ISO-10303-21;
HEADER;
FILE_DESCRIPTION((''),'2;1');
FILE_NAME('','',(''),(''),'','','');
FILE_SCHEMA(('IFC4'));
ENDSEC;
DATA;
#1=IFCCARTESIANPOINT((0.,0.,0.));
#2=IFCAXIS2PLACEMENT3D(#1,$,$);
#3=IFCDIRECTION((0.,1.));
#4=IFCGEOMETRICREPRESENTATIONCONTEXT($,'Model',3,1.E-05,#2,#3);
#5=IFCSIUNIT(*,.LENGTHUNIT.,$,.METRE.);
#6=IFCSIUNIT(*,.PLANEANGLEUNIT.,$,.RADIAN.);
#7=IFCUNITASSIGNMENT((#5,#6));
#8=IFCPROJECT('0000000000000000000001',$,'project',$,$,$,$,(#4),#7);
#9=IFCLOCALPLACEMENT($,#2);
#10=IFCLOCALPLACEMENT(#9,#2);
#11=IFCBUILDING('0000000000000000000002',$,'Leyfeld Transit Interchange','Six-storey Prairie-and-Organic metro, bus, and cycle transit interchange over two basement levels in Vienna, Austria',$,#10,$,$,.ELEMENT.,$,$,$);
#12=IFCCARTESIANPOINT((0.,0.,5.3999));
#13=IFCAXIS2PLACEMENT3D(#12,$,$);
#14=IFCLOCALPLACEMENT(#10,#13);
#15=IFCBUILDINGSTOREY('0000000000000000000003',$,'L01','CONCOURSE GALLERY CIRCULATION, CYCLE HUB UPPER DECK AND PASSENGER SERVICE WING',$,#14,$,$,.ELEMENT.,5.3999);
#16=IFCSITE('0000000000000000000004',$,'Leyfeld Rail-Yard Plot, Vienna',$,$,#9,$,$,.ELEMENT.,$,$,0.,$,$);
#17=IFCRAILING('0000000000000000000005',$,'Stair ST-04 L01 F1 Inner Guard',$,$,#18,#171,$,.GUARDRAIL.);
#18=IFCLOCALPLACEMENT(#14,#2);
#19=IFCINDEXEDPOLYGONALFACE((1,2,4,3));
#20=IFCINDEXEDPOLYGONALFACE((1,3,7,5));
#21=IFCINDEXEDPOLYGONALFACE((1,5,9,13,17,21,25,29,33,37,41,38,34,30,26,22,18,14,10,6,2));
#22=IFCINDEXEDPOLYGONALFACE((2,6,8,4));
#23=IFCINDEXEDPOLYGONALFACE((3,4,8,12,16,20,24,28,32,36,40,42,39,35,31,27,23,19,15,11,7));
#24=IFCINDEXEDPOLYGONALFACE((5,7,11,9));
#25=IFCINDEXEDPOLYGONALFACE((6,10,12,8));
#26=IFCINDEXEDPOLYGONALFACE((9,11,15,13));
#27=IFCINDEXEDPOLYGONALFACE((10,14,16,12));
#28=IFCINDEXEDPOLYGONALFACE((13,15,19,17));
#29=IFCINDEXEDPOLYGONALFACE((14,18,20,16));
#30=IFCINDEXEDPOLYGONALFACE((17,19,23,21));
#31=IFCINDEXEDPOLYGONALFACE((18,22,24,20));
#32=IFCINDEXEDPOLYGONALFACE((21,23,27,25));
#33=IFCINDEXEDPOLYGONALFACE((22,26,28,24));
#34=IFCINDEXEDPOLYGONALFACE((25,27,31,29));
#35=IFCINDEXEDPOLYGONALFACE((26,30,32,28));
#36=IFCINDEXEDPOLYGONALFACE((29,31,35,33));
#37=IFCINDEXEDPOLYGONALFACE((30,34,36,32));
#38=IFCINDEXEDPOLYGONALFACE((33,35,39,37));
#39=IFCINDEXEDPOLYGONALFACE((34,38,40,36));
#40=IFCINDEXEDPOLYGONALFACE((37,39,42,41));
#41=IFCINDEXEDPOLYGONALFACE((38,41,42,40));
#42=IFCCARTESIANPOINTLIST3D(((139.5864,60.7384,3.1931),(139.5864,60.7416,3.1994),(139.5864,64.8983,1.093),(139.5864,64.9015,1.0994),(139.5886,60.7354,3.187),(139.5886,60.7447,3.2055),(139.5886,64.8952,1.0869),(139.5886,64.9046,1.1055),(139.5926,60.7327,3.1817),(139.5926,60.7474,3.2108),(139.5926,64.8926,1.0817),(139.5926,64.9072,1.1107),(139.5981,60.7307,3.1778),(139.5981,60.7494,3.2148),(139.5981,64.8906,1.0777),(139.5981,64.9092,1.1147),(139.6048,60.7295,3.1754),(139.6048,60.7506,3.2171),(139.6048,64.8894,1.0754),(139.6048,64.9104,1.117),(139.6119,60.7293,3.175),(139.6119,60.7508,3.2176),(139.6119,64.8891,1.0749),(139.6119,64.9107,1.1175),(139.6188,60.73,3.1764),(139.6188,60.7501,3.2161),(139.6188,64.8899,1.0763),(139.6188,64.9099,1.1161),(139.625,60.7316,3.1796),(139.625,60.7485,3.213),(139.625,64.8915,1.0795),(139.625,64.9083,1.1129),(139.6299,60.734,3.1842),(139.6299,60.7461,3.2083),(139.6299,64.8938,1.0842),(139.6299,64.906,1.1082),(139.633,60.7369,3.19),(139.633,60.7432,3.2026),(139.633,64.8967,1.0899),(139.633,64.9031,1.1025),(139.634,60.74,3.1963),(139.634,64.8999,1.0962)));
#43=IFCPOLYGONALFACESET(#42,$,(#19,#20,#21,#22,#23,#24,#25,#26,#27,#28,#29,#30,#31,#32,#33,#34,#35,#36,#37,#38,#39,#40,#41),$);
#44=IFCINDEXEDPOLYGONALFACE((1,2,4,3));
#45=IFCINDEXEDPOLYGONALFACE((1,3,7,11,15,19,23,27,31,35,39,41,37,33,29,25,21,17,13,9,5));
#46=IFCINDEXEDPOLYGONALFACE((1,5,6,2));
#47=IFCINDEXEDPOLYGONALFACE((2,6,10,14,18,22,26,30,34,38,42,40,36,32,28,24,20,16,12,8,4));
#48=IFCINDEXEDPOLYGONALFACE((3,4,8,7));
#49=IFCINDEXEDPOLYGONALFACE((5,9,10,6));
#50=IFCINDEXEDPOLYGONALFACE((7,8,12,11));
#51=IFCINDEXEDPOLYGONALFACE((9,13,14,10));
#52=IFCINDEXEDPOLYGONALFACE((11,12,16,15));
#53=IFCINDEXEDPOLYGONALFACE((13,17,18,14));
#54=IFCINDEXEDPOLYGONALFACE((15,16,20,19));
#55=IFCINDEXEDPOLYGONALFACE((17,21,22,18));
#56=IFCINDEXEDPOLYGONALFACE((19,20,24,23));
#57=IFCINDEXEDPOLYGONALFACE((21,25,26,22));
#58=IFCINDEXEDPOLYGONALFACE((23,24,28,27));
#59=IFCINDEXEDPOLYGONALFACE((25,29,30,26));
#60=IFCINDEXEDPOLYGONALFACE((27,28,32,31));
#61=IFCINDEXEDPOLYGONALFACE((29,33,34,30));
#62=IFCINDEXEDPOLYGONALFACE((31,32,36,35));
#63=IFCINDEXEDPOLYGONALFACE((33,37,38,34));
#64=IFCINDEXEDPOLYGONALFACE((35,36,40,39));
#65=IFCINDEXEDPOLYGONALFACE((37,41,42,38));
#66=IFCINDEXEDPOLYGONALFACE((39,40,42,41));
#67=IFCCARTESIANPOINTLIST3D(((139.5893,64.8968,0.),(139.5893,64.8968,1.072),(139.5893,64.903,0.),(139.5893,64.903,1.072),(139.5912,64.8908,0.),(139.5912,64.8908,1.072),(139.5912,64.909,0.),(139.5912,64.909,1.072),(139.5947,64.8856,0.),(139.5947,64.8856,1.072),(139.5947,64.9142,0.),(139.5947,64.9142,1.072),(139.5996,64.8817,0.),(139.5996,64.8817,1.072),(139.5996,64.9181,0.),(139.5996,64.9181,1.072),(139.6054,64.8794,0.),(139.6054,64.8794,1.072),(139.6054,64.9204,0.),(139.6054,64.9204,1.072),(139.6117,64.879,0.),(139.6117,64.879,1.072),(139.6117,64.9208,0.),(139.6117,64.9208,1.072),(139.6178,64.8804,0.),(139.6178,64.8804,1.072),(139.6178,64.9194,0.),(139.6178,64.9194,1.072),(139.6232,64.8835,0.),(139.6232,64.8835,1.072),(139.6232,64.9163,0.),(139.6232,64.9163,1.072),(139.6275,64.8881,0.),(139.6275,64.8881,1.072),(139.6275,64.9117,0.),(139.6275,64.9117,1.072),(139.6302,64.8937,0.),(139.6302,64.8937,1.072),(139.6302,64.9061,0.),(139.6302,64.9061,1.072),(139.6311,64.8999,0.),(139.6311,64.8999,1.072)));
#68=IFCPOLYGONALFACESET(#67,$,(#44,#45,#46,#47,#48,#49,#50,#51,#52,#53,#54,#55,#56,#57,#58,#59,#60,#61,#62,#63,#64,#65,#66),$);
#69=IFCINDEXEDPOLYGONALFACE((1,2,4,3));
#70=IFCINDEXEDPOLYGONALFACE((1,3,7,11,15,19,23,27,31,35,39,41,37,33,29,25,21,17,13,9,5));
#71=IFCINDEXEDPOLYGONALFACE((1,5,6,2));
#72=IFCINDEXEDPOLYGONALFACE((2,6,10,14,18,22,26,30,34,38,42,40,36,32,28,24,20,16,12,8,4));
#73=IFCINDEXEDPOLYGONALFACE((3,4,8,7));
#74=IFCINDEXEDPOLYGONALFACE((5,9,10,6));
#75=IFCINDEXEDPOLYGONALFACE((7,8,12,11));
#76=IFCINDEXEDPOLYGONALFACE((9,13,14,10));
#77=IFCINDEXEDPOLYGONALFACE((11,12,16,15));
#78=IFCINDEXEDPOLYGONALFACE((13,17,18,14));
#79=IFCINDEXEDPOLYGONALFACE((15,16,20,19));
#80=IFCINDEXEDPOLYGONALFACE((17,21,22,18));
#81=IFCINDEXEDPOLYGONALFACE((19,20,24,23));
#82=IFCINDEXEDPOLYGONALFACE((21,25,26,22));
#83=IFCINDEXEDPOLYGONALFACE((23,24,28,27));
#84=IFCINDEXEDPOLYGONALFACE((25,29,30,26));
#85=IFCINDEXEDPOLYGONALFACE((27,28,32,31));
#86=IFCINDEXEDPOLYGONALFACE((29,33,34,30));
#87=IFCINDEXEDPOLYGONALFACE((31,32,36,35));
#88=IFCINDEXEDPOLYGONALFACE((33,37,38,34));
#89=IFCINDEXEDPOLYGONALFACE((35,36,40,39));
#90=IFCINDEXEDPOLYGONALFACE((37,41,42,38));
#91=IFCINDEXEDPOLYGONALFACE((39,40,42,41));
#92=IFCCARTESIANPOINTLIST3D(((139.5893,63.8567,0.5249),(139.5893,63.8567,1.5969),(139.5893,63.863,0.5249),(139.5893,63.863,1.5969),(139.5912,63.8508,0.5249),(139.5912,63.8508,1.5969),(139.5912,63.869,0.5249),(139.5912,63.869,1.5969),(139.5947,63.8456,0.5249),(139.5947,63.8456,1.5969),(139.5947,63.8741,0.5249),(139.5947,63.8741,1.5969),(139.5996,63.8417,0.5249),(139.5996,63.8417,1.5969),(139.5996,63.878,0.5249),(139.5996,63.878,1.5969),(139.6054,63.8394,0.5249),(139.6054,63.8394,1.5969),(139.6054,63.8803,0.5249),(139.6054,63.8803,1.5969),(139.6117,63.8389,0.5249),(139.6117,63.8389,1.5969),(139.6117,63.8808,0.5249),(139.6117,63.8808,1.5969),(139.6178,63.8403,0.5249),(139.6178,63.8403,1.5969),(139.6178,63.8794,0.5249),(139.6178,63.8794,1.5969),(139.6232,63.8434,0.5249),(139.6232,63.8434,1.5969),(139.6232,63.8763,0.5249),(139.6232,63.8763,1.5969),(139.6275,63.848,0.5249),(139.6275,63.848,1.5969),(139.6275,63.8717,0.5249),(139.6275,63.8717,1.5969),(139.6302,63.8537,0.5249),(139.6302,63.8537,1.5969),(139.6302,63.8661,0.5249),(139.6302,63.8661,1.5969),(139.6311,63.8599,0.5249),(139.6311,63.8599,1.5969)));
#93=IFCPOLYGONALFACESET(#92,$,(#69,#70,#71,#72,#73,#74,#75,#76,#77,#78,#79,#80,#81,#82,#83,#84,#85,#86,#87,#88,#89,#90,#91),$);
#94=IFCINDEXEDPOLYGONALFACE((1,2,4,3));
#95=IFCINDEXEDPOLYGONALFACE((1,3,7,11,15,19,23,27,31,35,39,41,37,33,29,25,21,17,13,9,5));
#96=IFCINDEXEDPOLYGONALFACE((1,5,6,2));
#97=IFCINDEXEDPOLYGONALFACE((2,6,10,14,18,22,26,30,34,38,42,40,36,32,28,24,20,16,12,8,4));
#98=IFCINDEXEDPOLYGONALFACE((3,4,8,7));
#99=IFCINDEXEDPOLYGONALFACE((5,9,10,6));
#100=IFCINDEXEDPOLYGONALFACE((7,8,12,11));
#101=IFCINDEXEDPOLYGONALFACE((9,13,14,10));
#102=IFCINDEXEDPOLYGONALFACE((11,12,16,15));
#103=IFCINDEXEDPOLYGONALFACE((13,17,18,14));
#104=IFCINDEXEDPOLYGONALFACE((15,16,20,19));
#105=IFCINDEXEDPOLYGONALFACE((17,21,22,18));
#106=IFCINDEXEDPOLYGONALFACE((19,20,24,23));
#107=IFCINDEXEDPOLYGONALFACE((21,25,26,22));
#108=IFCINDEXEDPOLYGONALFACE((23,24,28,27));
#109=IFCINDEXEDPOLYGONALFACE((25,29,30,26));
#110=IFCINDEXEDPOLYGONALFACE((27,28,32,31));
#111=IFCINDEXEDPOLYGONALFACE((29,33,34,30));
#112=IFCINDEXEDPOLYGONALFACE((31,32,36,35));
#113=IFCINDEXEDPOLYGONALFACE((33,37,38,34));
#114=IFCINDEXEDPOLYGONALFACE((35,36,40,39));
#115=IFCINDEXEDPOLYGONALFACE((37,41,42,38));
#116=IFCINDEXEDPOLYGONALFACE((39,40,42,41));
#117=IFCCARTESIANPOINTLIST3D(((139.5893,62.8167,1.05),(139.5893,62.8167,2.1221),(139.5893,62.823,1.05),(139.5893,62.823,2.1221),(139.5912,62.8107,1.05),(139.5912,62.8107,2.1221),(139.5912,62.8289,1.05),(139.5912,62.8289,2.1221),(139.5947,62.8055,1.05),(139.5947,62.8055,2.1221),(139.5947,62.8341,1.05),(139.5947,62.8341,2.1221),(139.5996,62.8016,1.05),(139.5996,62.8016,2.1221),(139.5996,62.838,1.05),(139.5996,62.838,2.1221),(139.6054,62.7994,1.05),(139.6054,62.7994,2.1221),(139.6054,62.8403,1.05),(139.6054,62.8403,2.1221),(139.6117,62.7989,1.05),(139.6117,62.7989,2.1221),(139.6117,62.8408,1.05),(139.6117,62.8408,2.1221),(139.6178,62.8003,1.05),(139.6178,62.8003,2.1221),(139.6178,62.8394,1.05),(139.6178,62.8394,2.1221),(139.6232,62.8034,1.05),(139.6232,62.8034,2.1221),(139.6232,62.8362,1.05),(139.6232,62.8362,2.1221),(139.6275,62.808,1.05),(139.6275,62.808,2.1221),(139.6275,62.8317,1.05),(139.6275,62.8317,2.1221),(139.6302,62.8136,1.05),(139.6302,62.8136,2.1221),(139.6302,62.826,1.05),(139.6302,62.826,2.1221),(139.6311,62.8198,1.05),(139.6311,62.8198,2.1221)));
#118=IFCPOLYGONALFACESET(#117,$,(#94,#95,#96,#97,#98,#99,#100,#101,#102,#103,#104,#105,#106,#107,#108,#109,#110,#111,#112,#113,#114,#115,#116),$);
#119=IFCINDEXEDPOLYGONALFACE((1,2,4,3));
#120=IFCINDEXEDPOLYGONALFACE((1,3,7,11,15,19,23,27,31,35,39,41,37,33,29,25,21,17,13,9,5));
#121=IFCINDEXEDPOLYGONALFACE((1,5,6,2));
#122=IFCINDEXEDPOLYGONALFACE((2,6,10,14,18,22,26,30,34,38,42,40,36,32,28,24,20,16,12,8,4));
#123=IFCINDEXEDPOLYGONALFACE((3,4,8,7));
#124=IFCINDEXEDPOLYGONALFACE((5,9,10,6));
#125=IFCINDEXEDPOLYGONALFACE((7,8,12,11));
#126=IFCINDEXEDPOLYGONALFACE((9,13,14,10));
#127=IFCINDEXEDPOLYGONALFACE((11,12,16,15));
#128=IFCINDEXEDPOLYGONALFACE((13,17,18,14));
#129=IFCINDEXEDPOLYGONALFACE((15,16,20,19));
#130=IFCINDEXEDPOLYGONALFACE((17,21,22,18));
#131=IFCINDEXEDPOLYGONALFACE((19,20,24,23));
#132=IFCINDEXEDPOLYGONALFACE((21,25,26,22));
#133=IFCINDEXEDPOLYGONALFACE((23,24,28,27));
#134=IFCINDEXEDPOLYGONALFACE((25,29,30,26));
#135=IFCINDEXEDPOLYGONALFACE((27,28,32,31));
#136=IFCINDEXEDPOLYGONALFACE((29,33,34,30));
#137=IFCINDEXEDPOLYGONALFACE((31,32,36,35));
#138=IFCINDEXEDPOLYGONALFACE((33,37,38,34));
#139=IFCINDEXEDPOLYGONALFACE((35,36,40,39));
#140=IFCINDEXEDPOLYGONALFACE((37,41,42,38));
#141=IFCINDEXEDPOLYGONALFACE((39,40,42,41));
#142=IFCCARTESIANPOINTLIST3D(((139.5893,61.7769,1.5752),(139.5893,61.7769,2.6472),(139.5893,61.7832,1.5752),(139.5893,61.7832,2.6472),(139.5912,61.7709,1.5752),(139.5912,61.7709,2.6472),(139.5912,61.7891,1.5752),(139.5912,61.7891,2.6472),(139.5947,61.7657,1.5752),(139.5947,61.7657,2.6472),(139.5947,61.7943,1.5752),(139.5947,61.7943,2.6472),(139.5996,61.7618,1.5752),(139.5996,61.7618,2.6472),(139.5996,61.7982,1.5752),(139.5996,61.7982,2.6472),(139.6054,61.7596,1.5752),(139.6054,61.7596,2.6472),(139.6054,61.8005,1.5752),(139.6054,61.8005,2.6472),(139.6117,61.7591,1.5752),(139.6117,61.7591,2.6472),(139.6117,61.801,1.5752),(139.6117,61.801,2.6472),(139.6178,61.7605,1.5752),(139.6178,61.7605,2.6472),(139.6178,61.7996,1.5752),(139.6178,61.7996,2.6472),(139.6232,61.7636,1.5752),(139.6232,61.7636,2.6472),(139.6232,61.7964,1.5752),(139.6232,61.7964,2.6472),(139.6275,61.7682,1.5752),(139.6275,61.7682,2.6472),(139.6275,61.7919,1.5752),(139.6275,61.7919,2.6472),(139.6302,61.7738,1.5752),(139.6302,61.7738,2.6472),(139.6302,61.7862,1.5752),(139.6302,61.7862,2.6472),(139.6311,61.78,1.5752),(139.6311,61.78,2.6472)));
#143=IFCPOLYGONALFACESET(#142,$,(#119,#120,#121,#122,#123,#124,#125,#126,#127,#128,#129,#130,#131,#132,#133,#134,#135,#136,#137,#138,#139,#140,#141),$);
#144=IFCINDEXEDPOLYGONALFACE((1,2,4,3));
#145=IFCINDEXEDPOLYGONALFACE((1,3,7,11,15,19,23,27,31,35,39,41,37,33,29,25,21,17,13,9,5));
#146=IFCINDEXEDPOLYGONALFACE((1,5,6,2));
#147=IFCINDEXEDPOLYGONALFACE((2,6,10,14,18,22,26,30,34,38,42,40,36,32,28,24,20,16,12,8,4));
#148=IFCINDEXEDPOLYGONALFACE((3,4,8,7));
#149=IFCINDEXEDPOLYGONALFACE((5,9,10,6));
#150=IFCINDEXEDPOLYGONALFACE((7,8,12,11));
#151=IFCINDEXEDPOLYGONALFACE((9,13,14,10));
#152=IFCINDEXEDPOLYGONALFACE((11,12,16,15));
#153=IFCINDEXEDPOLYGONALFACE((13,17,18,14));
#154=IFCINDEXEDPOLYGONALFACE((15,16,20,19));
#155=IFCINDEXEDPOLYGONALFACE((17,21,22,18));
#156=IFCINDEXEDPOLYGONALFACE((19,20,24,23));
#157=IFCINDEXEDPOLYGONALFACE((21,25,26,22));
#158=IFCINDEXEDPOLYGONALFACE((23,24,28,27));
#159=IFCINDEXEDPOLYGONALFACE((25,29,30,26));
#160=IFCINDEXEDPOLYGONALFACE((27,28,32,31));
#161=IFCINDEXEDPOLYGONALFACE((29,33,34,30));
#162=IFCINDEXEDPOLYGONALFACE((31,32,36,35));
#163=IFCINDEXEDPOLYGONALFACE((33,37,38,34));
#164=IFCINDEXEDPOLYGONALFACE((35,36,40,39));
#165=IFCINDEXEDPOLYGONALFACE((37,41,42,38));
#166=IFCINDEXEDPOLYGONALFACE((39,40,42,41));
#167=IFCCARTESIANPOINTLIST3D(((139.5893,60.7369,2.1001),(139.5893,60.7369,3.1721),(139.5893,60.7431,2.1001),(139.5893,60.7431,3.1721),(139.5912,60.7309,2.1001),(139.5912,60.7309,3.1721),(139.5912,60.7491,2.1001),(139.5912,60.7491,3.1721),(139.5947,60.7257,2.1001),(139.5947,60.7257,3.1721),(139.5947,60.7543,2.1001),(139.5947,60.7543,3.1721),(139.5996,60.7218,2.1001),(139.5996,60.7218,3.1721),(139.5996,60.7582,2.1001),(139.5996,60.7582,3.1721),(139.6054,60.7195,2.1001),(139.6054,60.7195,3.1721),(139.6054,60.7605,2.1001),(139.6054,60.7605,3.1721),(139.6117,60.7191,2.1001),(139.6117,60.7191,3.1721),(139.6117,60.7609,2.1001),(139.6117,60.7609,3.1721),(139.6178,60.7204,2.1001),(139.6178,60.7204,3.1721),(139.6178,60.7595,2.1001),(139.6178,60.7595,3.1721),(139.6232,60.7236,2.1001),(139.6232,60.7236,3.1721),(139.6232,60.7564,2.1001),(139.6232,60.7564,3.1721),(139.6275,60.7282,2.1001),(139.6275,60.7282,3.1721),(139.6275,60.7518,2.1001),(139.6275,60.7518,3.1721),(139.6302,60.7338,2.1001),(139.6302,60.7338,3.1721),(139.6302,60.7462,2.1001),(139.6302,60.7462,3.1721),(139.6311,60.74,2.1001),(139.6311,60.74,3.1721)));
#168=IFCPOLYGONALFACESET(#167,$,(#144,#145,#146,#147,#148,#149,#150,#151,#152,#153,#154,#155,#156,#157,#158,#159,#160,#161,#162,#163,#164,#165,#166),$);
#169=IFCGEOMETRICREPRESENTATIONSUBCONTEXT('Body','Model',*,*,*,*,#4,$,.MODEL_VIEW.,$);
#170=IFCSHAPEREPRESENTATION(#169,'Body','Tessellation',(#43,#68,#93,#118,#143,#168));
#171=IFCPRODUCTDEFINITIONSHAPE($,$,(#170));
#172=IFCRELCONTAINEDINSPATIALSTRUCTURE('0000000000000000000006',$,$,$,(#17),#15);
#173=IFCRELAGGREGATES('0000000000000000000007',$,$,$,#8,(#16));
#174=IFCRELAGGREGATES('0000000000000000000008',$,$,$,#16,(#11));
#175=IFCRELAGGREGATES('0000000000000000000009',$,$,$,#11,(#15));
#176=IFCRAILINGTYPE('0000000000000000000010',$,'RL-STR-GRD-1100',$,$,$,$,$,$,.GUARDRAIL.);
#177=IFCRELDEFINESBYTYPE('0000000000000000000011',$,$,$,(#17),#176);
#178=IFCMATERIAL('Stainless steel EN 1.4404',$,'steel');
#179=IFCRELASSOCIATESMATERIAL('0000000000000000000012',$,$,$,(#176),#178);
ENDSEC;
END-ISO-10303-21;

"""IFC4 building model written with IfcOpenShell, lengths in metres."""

from ifc_helpers import new_model, si_unit, direction, frame, origin, origin_2d, place, context, subcontext, project, spatial, circle, extrude, material, type_object, element, save


model = new_model("IFC4")

# Units and contexts
model_context = context("Model", 3, precision=1e-05, world=origin(), true_north=direction((0.0, 1.0)))
body_context = subcontext(model_context, "Body", "Model", "MODEL_VIEW")
ifc_project = project(units=[si_unit("LENGTHUNIT", "METRE"), si_unit("PLANEANGLEUNIT", "RADIAN")], contexts=[model_context])

# Site, building, storey
site_placement = place(None, origin())
site = spatial("IfcSite", under=ifc_project, at=site_placement, Name="Leyfeld Rail-Yard Plot, Vienna", CompositionType="ELEMENT", RefElevation=0.0)
building_placement = place(site_placement, origin())
building = spatial("IfcBuilding", under=site, at=building_placement, Name="Leyfeld Transit Interchange", Description="Six-storey Prairie-and-Organic metro, bus, and cycle transit interchange over two basement levels in Vienna, Austria", CompositionType="ELEMENT")
storey_placement = place(building_placement, frame((0.0, 0.0, 5.3999)))
storey = spatial("IfcBuildingStorey", under=building, at=storey_placement, Name="L01", Description="CONCOURSE GALLERY CIRCULATION, CYCLE HUB UPPER DECK AND PASSENGER SERVICE WING", CompositionType="ELEMENT", Elevation=5.3999)

# Railing
ifc_material_1 = material(Name="Stainless steel EN 1.4404", Category="steel")
railing_type_1 = type_object("IfcRailingType", Name="RL-STR-GRD-1100", PredefinedType="GUARDRAIL", material=ifc_material_1)
for number, where, name in (
    (1, (139.6101, 64.8999, 0.0), "Stair ST-04 L01 F1 Inner Guard"),
):
    element("IfcRailing", number, at=place(storey_placement, frame(where)), inside=storey, type_object=railing_type_1, Name=name, PredefinedType="GUARDRAIL", context=body_context, shape_type="SweptSolid", body=[
        extrude(circle(Radius=0.0239, at=origin_2d()), frame((0.0, 0.0, 1.0962), z_axis=(0.0, -0.892692, 0.450668), x_axis=(1.0, 0.0, 0.0)), (0.0, 0.0, 1.0), 4.6599),
        extrude(circle(Radius=0.021, at=origin_2d()), origin(), (0.0, 0.0, 1.0), 1.072),
        extrude(circle(Radius=0.021, at=origin_2d()), frame((0.0, -1.04, 0.5249)), (0.0, 0.0, 1.0), 1.072),
        extrude(circle(Radius=0.021, at=origin_2d()), frame((0.0, -2.0801, 1.05)), (0.0, 0.0, 1.0), 1.072),
        extrude(circle(Radius=0.021, at=origin_2d()), frame((0.0, -3.1199, 1.5752)), (0.0, 0.0, 1.0), 1.072),
        extrude(circle(Radius=0.021, at=origin_2d()), frame((0.0, -4.1599, 2.1001)), (0.0, 0.0, 1.0), 1.072),
    ])

save(model, "model.ifc")
